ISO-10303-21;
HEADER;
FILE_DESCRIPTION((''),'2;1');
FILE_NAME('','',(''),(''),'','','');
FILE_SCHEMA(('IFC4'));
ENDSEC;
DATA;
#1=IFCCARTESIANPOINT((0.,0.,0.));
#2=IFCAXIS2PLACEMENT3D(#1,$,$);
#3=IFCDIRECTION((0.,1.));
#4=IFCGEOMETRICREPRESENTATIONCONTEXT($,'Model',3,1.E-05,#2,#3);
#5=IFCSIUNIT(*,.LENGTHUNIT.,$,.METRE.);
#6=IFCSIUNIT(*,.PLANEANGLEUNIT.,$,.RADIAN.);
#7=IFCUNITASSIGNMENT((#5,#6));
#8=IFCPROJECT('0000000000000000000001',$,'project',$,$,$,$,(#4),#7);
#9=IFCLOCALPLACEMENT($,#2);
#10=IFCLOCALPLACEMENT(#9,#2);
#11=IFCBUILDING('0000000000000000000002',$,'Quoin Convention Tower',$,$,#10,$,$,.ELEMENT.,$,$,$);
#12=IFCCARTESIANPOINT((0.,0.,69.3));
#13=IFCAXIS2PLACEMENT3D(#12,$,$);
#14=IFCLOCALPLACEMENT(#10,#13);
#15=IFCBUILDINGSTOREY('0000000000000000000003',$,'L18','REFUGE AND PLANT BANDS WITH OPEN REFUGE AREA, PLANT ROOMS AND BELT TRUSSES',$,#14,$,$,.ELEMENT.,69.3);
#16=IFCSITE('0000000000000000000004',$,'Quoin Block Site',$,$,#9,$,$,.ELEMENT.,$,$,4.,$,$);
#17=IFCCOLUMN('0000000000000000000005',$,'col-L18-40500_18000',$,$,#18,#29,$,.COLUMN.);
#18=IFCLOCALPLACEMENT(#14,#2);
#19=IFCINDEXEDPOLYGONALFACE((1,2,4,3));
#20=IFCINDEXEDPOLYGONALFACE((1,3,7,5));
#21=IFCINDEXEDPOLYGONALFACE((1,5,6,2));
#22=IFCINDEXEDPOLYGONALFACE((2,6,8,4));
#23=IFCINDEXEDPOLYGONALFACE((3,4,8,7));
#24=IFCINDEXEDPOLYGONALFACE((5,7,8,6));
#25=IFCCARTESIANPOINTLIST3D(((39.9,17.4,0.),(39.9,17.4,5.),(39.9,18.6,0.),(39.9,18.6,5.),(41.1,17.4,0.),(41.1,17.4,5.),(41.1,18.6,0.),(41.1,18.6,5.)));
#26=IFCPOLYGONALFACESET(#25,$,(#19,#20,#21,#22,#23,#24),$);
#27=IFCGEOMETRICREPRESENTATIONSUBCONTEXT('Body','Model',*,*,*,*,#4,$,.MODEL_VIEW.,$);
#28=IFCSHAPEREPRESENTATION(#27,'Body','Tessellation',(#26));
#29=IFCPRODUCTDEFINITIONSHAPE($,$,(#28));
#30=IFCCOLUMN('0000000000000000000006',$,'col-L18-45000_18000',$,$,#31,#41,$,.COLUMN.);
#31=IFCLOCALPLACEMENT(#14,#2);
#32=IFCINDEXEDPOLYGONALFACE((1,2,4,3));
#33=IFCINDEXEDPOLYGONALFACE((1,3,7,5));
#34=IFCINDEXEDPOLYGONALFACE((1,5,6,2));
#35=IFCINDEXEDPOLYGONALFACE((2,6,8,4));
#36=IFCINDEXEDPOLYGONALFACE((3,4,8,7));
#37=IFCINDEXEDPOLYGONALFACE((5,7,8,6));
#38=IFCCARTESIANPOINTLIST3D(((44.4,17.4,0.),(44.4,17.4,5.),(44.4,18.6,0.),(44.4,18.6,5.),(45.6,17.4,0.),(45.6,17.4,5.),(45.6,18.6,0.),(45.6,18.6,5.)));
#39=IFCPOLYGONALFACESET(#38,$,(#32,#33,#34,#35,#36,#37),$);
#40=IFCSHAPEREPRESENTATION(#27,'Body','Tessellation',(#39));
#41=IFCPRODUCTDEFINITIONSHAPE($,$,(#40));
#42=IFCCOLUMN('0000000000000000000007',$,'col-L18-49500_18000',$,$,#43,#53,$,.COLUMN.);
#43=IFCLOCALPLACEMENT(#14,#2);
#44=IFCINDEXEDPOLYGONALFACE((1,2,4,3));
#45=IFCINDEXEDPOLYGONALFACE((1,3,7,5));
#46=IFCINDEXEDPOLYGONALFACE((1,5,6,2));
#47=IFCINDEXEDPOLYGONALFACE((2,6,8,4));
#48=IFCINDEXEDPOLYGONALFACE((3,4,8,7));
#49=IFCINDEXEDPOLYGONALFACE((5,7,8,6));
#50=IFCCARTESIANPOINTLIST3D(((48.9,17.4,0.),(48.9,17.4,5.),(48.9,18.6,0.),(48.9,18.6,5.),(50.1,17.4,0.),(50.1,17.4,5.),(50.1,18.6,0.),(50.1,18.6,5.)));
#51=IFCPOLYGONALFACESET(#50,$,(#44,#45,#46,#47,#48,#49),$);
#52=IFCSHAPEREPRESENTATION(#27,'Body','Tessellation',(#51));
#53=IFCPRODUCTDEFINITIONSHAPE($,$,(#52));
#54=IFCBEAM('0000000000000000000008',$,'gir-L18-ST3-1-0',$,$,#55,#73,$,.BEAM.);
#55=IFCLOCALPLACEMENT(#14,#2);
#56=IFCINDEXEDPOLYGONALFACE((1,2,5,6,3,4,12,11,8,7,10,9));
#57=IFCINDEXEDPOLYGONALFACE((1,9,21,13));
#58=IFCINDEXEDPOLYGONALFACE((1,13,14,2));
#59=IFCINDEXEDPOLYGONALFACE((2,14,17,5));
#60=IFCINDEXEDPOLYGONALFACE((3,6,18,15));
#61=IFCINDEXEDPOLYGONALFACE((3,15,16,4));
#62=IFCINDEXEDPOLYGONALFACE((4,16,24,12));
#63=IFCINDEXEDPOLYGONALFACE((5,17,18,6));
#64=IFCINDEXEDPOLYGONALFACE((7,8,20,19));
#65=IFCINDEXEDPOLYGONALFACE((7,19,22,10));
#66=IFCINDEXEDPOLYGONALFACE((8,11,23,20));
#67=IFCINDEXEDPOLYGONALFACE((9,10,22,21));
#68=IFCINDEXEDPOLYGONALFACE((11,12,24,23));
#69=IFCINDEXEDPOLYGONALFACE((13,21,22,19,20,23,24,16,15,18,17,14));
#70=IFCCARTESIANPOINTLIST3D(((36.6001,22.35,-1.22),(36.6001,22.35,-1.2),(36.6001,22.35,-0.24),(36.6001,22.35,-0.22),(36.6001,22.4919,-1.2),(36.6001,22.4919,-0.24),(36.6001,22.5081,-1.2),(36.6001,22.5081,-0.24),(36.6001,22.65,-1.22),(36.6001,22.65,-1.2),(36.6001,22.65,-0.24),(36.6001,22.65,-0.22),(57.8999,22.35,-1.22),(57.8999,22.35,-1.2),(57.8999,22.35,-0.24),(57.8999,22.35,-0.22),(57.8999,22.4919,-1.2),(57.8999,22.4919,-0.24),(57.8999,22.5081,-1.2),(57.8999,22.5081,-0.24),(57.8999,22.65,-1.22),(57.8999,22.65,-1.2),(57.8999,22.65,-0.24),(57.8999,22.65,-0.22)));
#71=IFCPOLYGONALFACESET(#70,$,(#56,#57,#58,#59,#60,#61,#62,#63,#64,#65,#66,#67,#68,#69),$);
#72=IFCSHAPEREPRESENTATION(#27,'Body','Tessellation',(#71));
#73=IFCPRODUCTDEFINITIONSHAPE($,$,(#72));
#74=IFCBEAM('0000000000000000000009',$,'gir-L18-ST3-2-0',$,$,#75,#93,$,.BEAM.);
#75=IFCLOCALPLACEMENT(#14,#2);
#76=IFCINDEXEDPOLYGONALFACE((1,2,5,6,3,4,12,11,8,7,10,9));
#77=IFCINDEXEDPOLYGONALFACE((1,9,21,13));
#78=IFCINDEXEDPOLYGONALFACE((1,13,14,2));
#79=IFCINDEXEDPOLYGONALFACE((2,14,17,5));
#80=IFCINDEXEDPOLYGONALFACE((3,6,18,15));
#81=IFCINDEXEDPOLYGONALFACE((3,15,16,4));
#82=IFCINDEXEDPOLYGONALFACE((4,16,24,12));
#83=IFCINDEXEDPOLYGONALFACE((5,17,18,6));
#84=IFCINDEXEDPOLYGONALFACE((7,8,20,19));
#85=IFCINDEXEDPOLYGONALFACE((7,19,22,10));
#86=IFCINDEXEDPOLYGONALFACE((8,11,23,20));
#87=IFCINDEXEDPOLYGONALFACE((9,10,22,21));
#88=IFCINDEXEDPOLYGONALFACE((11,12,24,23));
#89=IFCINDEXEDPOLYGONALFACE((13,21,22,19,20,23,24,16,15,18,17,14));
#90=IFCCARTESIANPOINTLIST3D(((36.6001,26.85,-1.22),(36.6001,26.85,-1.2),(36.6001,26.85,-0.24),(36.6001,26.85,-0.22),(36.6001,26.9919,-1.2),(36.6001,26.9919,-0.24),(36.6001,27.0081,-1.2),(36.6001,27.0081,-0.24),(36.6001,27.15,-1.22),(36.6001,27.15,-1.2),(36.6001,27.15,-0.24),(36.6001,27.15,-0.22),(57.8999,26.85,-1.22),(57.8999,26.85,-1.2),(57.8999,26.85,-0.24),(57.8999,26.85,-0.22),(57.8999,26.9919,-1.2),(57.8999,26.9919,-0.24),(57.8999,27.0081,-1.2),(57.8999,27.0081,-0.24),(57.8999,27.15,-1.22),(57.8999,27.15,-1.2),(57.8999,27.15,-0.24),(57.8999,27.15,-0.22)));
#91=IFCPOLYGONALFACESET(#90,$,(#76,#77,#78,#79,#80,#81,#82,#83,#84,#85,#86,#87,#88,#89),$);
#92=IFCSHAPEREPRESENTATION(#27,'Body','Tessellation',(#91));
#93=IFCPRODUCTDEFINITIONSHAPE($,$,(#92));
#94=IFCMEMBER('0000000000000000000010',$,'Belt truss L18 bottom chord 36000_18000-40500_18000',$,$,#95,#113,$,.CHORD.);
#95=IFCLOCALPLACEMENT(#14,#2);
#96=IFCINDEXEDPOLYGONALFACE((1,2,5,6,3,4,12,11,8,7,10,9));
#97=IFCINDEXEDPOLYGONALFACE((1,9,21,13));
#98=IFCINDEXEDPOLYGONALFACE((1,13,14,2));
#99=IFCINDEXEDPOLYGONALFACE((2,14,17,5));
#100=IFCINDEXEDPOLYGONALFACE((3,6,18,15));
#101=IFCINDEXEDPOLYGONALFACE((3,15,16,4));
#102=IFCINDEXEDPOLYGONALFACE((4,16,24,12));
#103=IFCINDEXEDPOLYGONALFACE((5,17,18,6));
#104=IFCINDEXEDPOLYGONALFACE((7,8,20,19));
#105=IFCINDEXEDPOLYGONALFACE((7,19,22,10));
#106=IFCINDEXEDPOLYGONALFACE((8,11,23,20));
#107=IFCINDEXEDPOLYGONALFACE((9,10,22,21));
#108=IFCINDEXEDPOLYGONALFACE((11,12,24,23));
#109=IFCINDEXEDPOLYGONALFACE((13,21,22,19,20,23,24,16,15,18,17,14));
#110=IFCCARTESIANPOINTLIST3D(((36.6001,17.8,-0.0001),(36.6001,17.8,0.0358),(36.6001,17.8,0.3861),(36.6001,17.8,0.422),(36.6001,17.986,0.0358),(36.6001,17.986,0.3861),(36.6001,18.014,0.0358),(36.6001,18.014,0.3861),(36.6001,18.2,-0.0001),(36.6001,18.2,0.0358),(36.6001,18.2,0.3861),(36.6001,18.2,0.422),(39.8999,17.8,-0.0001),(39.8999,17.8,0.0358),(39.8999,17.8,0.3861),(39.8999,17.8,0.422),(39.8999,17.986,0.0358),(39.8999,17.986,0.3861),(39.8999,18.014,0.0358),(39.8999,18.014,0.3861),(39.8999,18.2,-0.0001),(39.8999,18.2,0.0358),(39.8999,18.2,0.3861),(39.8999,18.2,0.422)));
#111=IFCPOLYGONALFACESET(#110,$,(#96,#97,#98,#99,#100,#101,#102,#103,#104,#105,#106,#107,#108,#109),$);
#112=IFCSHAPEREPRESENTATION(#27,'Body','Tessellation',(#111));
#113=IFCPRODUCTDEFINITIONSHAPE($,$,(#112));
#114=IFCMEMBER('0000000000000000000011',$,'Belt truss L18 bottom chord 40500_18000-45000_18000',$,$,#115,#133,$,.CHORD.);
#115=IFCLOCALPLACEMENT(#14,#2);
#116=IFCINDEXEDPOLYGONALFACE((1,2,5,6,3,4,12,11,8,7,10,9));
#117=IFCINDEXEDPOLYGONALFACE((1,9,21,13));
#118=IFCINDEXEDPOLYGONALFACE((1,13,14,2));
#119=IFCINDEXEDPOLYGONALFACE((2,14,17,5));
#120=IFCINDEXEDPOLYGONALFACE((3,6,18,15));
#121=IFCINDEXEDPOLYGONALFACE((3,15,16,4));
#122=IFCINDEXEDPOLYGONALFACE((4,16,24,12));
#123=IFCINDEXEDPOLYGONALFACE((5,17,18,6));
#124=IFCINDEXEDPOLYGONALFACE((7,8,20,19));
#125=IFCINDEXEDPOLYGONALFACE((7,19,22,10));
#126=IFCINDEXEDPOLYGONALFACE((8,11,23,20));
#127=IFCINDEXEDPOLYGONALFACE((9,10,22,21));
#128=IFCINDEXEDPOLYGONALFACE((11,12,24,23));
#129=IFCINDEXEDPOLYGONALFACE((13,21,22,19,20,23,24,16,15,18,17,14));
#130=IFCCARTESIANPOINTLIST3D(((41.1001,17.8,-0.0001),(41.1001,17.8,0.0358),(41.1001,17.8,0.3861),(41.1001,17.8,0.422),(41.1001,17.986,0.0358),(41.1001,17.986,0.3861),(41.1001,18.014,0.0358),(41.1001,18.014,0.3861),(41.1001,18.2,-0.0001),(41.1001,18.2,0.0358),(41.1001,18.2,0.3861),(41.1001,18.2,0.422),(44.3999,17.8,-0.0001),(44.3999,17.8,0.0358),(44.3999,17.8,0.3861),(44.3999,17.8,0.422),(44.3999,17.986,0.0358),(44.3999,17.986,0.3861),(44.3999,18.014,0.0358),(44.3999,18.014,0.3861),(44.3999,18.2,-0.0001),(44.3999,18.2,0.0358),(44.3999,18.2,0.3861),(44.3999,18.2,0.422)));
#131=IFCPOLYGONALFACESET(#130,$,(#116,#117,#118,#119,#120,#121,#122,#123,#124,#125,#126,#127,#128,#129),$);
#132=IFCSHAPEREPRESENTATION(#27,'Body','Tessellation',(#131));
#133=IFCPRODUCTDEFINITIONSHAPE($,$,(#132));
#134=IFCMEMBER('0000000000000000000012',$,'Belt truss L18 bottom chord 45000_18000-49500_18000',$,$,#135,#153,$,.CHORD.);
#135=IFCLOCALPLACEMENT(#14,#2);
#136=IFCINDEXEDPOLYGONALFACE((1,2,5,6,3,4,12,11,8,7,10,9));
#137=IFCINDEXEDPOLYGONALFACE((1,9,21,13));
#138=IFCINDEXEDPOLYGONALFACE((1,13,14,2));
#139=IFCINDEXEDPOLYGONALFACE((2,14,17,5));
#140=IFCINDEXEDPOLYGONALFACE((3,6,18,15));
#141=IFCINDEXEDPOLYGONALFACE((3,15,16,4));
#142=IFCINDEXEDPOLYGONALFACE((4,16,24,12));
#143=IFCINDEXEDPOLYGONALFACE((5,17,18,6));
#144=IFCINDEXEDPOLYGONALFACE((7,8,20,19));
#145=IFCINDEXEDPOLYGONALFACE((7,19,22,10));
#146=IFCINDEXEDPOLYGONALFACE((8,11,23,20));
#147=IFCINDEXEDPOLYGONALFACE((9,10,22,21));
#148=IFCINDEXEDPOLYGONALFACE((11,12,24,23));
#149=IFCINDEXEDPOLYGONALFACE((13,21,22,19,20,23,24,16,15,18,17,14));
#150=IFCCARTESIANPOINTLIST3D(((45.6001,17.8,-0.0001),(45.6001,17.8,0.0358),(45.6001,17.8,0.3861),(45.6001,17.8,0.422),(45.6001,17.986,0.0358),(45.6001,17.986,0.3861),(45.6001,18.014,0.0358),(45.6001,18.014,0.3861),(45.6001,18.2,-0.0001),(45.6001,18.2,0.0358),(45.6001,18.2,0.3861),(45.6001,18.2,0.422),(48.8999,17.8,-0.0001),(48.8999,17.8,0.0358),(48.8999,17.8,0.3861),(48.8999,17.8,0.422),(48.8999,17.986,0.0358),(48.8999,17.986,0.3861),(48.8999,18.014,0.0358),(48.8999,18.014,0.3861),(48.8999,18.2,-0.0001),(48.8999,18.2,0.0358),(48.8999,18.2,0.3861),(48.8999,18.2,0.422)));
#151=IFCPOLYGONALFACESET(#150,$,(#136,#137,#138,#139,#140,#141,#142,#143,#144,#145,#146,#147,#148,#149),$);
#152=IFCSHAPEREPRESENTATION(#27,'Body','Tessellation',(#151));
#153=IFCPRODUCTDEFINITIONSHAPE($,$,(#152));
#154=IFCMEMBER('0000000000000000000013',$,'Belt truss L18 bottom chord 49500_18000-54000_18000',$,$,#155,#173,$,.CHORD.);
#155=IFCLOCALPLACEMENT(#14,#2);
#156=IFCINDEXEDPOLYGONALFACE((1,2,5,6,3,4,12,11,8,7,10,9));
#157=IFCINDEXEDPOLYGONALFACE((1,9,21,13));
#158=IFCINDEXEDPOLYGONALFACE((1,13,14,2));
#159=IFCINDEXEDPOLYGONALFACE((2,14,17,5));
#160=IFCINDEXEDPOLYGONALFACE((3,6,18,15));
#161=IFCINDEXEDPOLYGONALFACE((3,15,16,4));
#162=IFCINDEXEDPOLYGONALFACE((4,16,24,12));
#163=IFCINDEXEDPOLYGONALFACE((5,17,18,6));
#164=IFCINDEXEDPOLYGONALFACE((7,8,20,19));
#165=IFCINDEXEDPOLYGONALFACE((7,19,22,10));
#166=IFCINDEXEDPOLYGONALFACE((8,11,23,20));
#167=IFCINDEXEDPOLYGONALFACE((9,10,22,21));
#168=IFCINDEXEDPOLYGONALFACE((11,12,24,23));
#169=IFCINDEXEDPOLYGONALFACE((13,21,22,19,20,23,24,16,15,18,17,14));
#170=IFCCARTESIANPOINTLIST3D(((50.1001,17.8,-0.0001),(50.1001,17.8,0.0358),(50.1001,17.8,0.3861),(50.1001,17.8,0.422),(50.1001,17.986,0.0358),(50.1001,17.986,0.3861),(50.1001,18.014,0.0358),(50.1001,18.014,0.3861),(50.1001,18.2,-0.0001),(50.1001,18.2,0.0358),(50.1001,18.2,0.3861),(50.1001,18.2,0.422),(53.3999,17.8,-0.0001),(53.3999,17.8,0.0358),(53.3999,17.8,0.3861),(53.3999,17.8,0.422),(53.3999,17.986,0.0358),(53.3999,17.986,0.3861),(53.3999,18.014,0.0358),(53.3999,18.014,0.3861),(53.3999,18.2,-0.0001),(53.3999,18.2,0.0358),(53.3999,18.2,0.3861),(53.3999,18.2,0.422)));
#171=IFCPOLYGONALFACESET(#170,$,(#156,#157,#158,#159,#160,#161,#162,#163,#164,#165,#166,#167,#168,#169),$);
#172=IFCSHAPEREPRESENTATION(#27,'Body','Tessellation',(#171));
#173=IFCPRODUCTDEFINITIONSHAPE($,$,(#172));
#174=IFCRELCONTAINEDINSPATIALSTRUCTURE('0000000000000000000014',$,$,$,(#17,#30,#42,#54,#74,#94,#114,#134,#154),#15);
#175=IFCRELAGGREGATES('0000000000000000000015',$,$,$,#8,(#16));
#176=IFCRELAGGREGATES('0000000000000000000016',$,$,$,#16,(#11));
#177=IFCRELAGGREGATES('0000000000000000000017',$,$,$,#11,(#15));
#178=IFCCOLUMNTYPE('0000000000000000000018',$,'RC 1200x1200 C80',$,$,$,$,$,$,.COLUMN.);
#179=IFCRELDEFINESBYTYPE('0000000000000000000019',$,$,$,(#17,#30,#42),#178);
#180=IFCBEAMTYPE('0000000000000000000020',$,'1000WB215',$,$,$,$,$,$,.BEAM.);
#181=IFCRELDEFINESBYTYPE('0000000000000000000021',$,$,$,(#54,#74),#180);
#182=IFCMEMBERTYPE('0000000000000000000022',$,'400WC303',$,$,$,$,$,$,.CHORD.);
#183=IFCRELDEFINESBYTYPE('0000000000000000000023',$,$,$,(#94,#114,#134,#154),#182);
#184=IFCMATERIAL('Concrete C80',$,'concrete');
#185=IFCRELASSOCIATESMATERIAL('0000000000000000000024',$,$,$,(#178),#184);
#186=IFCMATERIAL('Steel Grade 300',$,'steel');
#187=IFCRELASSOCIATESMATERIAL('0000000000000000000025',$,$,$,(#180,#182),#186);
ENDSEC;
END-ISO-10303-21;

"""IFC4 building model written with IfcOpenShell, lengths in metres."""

from ifc_helpers import new_model, si_unit, direction, frame, origin, origin_2d, place, context, subcontext, project, spatial, rectangle, i_section, extrude, material, material_profile, profile_set, type_object, element, save


model = new_model("IFC4")

# Units and contexts
model_context = context("Model", 3, precision=1e-05, world=origin(), true_north=direction((0.0, 1.0)))
body_context = subcontext(model_context, "Body", "Model", "MODEL_VIEW")
ifc_project = project(units=[si_unit("LENGTHUNIT", "METRE"), si_unit("PLANEANGLEUNIT", "RADIAN")], contexts=[model_context])

# Site, building, storey
site_placement = place(None, origin())
site = spatial("IfcSite", under=ifc_project, at=site_placement, Name="Quoin Block Site", CompositionType="ELEMENT", RefElevation=4.0)
building_placement = place(site_placement, origin())
building = spatial("IfcBuilding", under=site, at=building_placement, Name="Quoin Convention Tower", CompositionType="ELEMENT")
storey_placement = place(building_placement, frame((0.0, 0.0, 69.3)))
storey = spatial("IfcBuildingStorey", under=building, at=storey_placement, Name="L18", Description="REFUGE AND PLANT BANDS WITH OPEN REFUGE AREA, PLANT ROOMS AND BELT TRUSSES", CompositionType="ELEMENT", Elevation=69.3)

# Columns
ifc_material_1 = material(Name="Concrete C80", Category="concrete")
ifc_material_profile_1 = material_profile(ifc_material_1, rectangle(XDim=1.2, YDim=1.2, at=origin_2d()), Name="RC 1200x1200")
ifc_profile_set_1 = profile_set([ifc_material_profile_1], Name="Concrete C80")
column_type = type_object("IfcColumnType", Name="RC 1200x1200 C80", PredefinedType="COLUMN", material=ifc_profile_set_1)
for number, where, z_axis, x_axis, name in (
    (1, (40.5, 18.0, 0.0), (0.0, 0.0, 1.0), (1.0, 0.0, 0.0), "col-L18-40500_18000"),
    (2, (45.0, 18.0, 0.0), (0.0, 0.0, 1.0), (1.0, 0.0, 0.0), "col-L18-45000_18000"),
    (3, (49.5, 18.0, 0.0), (0.0, 0.0, 1.0), (1.0, 0.0, 0.0), "col-L18-49500_18000"),
):
    element("IfcColumn", number, at=place(storey_placement, frame(where, z_axis=z_axis, x_axis=x_axis)), inside=storey, type_object=column_type, Name=name, PredefinedType="COLUMN", context=body_context, shape_type="SweptSolid", body=[
        extrude(rectangle(XDim=1.2, YDim=1.2, at=origin_2d()), origin(), (0.0, 0.0, 1.0), 5.0),
    ])

# Beams
ifc_material_2 = material(Name="Steel Grade 300", Category="steel")
ifc_material_profile_2 = material_profile(ifc_material_2, i_section(OverallWidth=0.3, OverallDepth=1.0, WebThickness=0.0161, FlangeThickness=0.02, at=origin_2d()), Name="1000WB215")
ifc_profile_set_2 = profile_set([ifc_material_profile_2], Name="Steel Grade 300")
beam_type_1 = type_object("IfcBeamType", Name="1000WB215", PredefinedType="BEAM", material=ifc_profile_set_2)
for number, where, z_axis, x_axis, name in (
    (4, (36.6001, 22.5, -0.72), (1.0, 0.0, 0.0), (0.0, 1.0, 0.0), "gir-L18-ST3-1-0"),
    (5, (36.6001, 27.0, -0.72), (1.0, 0.0, 0.0), (0.0, 1.0, 0.0), "gir-L18-ST3-2-0"),
):
    element("IfcBeam", number, at=place(storey_placement, frame(where, z_axis=z_axis, x_axis=x_axis)), inside=storey, type_object=beam_type_1, Name=name, PredefinedType="BEAM", context=body_context, shape_type="SweptSolid", body=[
        extrude(i_section(OverallWidth=0.3, OverallDepth=1.0, WebThickness=0.0161, FlangeThickness=0.02, at=origin_2d()), origin(), (0.0, 0.0, 1.0), 21.2998),
    ])

# Members
ifc_material_profile_3 = material_profile(ifc_material_2, i_section(OverallWidth=0.3999, OverallDepth=0.4221, WebThickness=0.0281, FlangeThickness=0.0359, at=origin_2d()), Name="400WC303")
ifc_profile_set_3 = profile_set([ifc_material_profile_3], Name="Steel Grade 300")
member_type_1 = type_object("IfcMemberType", Name="400WC303", PredefinedType="CHORD", material=ifc_profile_set_3)
for number, where, z_axis, x_axis, name in (
    (6, (36.6001, 18.0, 0.2109), (1.0, 0.0, 0.0), (0.0, 1.0, 0.0), "Belt truss L18 bottom chord 36000_18000-40500_18000"),
    (7, (41.1001, 18.0, 0.2109), (1.0, 0.0, 0.0), (0.0, 1.0, 0.0), "Belt truss L18 bottom chord 40500_18000-45000_18000"),
    (8, (45.6001, 18.0, 0.2109), (1.0, 0.0, 0.0), (0.0, 1.0, 0.0), "Belt truss L18 bottom chord 45000_18000-49500_18000"),
    (9, (50.1001, 18.0, 0.2109), (1.0, 0.0, 0.0), (0.0, 1.0, 0.0), "Belt truss L18 bottom chord 49500_18000-54000_18000"),
):
    element("IfcMember", number, at=place(storey_placement, frame(where, z_axis=z_axis, x_axis=x_axis)), inside=storey, type_object=member_type_1, Name=name, PredefinedType="CHORD", context=body_context, shape_type="SweptSolid", body=[
        extrude(i_section(OverallWidth=0.3999, OverallDepth=0.4221, WebThickness=0.0281, FlangeThickness=0.0359, at=origin_2d()), origin(), (0.0, 0.0, 1.0), 3.2998),
    ])

save(model, "model.ifc")
